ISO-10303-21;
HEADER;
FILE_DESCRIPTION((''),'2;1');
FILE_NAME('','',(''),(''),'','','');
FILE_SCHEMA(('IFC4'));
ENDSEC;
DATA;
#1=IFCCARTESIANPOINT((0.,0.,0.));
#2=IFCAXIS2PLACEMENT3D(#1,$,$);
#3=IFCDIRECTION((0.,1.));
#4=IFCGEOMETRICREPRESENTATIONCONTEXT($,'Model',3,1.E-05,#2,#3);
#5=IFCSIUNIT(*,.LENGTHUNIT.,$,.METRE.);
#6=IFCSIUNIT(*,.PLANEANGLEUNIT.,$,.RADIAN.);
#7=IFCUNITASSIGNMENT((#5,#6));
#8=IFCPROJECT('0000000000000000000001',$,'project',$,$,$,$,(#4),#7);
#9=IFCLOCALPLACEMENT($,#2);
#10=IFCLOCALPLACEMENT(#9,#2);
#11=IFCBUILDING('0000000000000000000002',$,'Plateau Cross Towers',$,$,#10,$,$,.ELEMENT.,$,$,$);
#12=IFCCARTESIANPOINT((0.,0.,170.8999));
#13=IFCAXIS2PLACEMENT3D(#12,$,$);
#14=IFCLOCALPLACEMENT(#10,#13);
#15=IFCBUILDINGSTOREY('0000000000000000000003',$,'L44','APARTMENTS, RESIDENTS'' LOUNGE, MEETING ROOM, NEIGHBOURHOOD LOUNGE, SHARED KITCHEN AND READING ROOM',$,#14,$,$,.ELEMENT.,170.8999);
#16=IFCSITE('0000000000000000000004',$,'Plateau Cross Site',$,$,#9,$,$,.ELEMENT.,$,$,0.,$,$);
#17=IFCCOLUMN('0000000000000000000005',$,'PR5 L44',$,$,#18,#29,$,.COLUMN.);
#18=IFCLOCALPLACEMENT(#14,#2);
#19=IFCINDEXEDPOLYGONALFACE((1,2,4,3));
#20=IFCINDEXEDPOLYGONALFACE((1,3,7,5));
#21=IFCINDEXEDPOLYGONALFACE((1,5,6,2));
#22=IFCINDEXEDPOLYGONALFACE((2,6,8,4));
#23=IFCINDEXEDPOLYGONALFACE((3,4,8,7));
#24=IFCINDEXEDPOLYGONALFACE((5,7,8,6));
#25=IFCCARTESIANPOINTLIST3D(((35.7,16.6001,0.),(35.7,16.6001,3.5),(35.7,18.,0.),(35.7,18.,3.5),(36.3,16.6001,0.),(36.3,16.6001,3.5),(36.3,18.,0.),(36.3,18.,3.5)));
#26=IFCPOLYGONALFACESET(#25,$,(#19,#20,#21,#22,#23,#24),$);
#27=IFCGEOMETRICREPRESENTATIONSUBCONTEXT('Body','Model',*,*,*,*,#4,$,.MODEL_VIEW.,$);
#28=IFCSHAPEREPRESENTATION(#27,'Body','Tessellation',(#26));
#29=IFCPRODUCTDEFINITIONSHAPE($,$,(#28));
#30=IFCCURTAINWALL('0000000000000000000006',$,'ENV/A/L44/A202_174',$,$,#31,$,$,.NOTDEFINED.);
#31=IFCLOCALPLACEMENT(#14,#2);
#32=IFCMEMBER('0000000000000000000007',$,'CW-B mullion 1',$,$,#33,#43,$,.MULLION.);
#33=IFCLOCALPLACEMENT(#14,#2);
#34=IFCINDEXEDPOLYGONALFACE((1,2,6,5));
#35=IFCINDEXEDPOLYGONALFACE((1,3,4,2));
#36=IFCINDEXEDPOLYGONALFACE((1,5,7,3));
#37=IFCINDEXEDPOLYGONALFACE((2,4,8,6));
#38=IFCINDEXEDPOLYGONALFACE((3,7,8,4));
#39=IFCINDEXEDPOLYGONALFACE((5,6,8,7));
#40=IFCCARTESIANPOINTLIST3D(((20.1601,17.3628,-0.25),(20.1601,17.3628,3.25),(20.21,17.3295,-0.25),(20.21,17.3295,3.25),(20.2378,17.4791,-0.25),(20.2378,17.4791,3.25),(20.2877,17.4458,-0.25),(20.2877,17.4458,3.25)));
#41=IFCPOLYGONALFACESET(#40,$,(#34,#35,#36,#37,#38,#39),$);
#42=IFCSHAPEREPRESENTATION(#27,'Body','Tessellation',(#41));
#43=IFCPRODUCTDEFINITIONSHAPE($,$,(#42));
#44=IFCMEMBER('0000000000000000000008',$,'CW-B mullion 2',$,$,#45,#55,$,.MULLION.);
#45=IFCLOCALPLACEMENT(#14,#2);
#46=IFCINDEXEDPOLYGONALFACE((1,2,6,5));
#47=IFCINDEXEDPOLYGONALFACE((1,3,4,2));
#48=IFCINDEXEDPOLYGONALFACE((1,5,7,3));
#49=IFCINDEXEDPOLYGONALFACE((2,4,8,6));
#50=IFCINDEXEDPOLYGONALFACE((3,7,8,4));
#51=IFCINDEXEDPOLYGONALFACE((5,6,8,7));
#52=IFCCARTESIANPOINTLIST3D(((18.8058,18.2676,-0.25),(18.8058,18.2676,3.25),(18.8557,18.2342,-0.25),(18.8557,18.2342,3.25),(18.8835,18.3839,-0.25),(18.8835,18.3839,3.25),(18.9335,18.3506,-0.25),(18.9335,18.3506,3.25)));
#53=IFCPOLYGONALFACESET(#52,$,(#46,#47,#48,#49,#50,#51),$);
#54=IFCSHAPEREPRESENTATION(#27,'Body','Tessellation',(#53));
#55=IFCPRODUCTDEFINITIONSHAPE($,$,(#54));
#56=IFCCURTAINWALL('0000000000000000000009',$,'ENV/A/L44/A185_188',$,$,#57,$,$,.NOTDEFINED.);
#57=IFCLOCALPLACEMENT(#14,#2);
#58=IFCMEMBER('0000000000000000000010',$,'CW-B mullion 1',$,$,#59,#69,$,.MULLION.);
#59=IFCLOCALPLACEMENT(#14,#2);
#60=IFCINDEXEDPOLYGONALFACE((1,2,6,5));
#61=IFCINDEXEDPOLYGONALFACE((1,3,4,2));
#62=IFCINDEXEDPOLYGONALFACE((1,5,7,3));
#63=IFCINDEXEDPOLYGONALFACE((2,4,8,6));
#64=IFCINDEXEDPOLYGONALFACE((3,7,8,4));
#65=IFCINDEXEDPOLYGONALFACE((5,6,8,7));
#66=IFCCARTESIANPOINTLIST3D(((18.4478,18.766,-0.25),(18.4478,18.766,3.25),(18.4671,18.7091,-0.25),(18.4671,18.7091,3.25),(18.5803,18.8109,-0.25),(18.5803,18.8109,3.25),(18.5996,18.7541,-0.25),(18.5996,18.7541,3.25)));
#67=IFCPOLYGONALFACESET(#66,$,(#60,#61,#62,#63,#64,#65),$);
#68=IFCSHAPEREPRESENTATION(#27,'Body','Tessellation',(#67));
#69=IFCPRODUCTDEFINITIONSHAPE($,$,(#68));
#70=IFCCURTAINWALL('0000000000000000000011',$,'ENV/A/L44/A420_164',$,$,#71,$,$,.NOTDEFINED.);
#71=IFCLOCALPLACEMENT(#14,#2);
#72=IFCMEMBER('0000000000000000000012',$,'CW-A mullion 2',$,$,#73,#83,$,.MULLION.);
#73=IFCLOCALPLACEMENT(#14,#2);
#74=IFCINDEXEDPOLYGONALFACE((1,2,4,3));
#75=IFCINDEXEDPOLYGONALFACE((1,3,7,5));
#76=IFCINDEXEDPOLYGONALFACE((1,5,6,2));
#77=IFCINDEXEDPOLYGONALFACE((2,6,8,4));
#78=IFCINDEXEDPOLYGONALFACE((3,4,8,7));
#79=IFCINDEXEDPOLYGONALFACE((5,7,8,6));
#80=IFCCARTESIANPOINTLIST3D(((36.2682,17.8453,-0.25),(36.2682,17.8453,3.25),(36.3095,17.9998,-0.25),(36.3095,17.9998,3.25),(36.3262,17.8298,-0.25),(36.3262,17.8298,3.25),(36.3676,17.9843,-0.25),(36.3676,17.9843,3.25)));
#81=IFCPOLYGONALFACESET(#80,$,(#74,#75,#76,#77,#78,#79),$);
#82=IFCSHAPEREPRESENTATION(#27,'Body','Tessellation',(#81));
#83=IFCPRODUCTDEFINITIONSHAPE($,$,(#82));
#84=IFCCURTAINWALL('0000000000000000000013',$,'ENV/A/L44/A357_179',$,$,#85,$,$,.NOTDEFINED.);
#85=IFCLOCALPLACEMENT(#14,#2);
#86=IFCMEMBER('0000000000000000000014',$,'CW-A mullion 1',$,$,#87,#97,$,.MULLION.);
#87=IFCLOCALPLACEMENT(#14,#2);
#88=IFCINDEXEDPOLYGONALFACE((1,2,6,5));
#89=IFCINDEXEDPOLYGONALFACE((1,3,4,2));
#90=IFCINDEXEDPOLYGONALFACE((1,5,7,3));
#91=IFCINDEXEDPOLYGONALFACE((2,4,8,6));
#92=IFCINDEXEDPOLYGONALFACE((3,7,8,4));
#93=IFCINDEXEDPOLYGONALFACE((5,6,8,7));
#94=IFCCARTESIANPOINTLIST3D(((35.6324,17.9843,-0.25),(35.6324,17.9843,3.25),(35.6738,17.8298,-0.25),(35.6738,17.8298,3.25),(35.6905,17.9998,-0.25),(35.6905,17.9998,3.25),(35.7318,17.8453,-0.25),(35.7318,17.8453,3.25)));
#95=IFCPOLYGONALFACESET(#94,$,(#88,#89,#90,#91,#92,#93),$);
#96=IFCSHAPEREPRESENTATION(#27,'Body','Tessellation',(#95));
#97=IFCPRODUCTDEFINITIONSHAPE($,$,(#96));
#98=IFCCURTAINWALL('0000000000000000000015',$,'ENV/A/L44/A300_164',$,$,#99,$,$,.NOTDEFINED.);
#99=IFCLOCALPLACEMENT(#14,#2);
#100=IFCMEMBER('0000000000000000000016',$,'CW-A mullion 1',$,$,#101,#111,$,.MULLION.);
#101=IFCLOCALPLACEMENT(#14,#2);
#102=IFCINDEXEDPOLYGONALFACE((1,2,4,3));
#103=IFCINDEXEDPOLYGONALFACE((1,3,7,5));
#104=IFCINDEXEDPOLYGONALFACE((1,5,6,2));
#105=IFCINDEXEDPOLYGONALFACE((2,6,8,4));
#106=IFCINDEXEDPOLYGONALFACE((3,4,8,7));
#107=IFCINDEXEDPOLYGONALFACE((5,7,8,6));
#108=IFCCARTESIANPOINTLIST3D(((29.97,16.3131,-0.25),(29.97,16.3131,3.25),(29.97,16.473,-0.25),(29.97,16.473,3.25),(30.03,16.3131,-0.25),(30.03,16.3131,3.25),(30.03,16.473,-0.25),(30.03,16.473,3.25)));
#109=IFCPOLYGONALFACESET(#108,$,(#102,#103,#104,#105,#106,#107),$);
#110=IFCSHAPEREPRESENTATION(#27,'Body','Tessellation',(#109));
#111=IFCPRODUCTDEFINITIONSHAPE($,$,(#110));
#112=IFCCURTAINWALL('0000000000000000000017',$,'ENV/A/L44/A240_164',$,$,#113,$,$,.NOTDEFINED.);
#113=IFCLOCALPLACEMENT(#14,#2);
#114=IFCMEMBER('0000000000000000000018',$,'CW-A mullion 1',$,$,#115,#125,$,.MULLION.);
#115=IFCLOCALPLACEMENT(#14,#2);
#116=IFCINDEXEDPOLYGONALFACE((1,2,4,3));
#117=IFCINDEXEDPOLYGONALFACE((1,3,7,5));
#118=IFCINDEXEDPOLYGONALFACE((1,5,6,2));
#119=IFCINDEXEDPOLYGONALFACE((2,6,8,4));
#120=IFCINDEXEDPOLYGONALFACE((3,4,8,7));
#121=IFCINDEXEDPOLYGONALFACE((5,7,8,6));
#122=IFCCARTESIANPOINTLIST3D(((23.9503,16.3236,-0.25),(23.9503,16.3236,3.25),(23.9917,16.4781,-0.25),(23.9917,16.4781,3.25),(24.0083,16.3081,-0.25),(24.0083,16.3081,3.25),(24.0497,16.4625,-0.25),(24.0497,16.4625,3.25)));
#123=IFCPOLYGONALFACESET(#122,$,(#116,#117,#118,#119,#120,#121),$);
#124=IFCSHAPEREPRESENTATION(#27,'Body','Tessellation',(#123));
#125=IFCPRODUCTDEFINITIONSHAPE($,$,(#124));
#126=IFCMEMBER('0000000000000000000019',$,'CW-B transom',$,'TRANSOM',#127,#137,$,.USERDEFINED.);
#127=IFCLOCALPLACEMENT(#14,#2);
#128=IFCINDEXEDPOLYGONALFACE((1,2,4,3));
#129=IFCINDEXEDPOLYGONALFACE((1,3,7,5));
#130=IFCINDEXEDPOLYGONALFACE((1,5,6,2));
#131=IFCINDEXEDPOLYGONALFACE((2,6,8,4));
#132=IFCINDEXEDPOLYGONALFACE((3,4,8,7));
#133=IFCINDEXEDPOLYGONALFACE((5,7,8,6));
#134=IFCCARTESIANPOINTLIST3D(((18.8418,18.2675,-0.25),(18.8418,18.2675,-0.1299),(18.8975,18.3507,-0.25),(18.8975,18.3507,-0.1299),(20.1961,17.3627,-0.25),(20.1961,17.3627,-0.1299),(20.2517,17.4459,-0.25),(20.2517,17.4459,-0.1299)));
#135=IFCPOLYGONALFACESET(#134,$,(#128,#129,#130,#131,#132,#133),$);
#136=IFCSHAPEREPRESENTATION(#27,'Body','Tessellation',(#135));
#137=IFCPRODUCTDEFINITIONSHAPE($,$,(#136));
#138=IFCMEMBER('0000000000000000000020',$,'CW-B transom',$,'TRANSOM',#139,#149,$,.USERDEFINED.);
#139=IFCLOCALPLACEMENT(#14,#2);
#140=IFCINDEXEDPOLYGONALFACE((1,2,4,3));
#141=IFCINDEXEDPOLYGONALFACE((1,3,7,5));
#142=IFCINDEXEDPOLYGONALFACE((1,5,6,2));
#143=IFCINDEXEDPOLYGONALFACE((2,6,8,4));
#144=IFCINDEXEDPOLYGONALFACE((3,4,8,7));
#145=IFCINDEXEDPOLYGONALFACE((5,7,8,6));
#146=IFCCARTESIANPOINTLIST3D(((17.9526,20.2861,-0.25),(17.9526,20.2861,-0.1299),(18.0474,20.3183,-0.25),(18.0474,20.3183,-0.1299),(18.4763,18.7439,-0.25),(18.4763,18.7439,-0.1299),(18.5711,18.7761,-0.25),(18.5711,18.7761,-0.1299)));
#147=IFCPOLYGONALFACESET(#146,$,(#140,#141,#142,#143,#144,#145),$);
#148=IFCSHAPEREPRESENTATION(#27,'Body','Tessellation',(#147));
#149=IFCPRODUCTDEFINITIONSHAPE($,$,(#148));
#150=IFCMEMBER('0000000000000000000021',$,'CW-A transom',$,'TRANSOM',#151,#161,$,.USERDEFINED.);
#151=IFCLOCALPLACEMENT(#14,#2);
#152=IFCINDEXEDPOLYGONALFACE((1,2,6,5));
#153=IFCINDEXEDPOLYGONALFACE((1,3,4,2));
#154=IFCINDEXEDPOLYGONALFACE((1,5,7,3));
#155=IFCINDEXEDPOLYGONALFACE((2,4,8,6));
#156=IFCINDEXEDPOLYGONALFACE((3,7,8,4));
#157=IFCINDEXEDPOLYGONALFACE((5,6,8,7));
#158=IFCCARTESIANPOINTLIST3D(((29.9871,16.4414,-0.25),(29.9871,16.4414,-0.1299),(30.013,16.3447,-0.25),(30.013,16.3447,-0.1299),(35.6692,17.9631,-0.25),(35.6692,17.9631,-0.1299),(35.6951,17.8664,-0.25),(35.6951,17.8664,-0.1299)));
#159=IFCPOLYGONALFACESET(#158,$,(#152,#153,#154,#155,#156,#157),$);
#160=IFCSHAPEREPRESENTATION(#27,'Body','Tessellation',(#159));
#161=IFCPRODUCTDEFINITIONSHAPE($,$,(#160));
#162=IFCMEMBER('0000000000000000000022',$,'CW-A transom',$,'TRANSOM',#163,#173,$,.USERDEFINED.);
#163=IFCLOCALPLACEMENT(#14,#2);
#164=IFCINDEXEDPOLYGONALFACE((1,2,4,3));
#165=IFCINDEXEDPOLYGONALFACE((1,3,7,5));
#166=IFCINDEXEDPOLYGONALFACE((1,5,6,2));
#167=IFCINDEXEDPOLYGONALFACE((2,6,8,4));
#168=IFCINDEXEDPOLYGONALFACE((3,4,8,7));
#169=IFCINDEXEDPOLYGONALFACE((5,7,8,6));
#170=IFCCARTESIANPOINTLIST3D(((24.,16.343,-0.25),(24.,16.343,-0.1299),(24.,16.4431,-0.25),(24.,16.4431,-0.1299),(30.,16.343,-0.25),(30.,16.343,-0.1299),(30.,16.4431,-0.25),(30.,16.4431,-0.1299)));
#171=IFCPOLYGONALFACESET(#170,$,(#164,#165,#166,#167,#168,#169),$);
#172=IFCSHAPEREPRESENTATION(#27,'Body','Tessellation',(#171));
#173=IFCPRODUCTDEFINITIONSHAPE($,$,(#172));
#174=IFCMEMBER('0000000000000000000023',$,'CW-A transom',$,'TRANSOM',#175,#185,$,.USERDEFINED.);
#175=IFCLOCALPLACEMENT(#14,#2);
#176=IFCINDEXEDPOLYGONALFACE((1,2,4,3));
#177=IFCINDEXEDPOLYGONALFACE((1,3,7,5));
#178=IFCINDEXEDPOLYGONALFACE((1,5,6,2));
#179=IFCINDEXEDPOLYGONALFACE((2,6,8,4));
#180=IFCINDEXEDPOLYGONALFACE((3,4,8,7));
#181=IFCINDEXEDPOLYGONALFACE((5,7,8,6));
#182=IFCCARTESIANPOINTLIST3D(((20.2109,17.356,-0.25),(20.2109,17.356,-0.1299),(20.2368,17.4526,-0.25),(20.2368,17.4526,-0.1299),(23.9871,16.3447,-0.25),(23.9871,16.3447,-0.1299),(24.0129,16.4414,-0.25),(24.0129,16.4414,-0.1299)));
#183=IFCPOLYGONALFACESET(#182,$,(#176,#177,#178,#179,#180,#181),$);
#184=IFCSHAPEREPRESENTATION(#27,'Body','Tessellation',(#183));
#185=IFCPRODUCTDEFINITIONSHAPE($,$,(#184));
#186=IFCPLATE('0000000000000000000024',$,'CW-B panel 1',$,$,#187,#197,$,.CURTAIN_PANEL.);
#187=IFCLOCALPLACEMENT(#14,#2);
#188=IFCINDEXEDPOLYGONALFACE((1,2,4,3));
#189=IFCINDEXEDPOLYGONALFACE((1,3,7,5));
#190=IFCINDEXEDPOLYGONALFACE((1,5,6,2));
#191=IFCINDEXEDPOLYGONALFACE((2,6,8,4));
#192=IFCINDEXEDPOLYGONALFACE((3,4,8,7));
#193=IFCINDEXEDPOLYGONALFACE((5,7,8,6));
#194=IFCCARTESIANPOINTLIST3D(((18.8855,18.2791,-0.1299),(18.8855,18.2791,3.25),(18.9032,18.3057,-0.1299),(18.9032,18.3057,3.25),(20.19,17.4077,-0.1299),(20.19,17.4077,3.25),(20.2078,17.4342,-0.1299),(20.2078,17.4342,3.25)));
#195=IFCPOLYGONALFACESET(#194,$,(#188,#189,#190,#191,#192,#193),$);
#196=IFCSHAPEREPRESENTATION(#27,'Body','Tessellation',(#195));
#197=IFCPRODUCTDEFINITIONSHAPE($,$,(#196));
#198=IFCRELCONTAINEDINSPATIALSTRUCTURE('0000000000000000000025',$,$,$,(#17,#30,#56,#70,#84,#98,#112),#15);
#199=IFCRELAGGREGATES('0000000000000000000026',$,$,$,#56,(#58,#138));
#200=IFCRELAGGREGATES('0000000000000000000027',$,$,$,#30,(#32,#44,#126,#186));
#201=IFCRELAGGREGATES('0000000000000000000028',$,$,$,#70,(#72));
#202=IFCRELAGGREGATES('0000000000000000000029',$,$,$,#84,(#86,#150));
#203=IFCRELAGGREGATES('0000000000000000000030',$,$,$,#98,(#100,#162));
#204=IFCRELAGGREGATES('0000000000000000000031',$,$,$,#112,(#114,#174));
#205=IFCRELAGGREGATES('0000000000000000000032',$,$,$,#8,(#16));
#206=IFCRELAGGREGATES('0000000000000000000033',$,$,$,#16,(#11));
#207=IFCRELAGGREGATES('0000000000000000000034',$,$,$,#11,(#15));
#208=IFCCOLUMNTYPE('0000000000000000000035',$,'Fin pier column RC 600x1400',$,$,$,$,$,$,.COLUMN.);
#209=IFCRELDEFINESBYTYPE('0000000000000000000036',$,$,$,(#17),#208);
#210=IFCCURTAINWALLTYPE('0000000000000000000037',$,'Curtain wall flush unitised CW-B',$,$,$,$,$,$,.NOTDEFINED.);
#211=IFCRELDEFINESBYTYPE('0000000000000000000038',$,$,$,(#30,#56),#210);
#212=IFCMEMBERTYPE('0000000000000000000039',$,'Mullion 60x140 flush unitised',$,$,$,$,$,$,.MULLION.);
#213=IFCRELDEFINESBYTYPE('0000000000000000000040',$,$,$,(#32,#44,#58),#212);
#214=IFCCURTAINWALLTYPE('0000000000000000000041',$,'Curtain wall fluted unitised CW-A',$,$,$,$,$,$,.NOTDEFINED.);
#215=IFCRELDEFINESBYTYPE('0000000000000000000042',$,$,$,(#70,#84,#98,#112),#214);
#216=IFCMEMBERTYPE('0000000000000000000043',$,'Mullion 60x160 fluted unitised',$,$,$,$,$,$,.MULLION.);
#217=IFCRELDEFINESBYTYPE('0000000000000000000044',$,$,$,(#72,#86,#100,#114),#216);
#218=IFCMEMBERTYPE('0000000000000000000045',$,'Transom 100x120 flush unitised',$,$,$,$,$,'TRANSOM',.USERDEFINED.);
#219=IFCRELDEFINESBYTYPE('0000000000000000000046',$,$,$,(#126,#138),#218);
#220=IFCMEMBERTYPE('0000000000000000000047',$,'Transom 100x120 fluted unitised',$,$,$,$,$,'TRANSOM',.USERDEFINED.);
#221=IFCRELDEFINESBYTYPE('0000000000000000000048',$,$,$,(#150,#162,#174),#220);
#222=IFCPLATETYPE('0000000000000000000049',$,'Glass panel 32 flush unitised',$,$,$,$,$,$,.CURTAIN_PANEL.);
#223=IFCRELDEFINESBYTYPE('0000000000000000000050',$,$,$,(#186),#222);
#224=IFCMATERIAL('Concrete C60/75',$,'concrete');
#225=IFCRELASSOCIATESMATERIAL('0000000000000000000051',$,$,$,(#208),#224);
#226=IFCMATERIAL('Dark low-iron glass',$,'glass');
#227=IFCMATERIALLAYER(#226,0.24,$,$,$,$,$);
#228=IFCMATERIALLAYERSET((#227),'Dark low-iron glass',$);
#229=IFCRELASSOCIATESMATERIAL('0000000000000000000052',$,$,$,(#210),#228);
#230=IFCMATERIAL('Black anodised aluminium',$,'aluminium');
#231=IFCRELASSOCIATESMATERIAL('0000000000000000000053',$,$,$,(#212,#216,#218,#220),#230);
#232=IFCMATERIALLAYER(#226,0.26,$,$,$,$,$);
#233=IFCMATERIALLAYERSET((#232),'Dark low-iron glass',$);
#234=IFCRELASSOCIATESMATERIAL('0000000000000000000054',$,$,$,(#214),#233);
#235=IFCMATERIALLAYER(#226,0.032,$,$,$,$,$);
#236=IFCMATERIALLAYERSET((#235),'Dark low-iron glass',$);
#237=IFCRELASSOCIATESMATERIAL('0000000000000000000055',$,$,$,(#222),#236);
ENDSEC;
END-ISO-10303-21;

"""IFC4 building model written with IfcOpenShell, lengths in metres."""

from ifc_helpers import new_model, si_unit, direction, frame, origin, origin_2d, place, context, subcontext, project, spatial, rectangle, extrude, material, layer, layer_set, material_profile, profile_set, type_object, element, aggregate, save


model = new_model("IFC4")

# Units and contexts
model_context = context("Model", 3, precision=1e-05, world=origin(), true_north=direction((0.0, 1.0)))
body_context = subcontext(model_context, "Body", "Model", "MODEL_VIEW")
ifc_project = project(units=[si_unit("LENGTHUNIT", "METRE"), si_unit("PLANEANGLEUNIT", "RADIAN")], contexts=[model_context])

# Site, building, storey
site_placement = place(None, origin())
site = spatial("IfcSite", under=ifc_project, at=site_placement, Name="Plateau Cross Site", CompositionType="ELEMENT", RefElevation=0.0)
building_placement = place(site_placement, origin())
building = spatial("IfcBuilding", under=site, at=building_placement, Name="Plateau Cross Towers", CompositionType="ELEMENT")
storey_placement = place(building_placement, frame((0.0, 0.0, 170.8999)))
storey = spatial("IfcBuildingStorey", under=building, at=storey_placement, Name="L44", Description="APARTMENTS, RESIDENTS' LOUNGE, MEETING ROOM, NEIGHBOURHOOD LOUNGE, SHARED KITCHEN AND READING ROOM", CompositionType="ELEMENT", Elevation=170.8999)

# Column
ifc_material_1 = material(Name="Concrete C60/75", Category="concrete")
ifc_material_profile_1 = material_profile(ifc_material_1, rectangle(XDim=0.6001, YDim=1.3999, at=origin_2d()), Name="RC 600x1400")
ifc_profile_set_1 = profile_set([ifc_material_profile_1], Name="Concrete C60/75")
column_type = type_object("IfcColumnType", Name="Fin pier column RC 600x1400", PredefinedType="COLUMN", material=ifc_profile_set_1)
column_placement = place(storey_placement, frame((36.0, 17.3, 0.0), z_axis=(0.0, 0.0, 1.0), x_axis=(1.0, 0.0, 0.0)))
element("IfcColumn", 1, at=column_placement, inside=storey, type_object=column_type, Name="PR5 L44", PredefinedType="COLUMN", context=body_context, shape_type="SweptSolid", body=[
    extrude(rectangle(XDim=0.6001, YDim=1.3999, at=origin_2d()), origin(), (0.0, 0.0, 1.0), 3.5),
])

# Curtain wall, members
ifc_material_2 = material(Name="Dark low-iron glass", Category="glass")
ifc_layer_1 = layer(ifc_material_2, 0.24)
ifc_layer_set_1 = layer_set([ifc_layer_1], Name="Dark low-iron glass")
curtain_wall_type_1 = type_object("IfcCurtainWallType", Name="Curtain wall flush unitised CW-B", PredefinedType="NOTDEFINED", material=ifc_layer_set_1)
curtain_wall_1_placement = place(storey_placement, origin())
curtain_wall_1 = element("IfcCurtainWall", 2, at=curtain_wall_1_placement, inside=storey, type_object=curtain_wall_type_1, Name="ENV/A/L44/A202_174", PredefinedType="NOTDEFINED")
ifc_material_3 = material(Name="Black anodised aluminium", Category="aluminium")
ifc_material_profile_2 = material_profile(ifc_material_3, rectangle(XDim=0.0601, YDim=0.1399, at=origin_2d()), Name="MULLION 60x140")
ifc_profile_set_2 = profile_set([ifc_material_profile_2], Name="Black anodised aluminium")
member_type_1 = type_object("IfcMemberType", Name="Mullion 60x140 flush unitised", PredefinedType="MULLION", material=ifc_profile_set_2)
member_1_placement = place(storey_placement, frame((20.2239, 17.4043, -0.25), z_axis=(0.0, 0.0, 1.0), x_axis=(-0.831521, 0.555493, 0.0)))
member_1 = element("IfcMember", 3, at=member_1_placement, type_object=member_type_1, Name="CW-B mullion 1", PredefinedType="MULLION", context=body_context, shape_type="SweptSolid", body=[
    extrude(rectangle(XDim=0.0601, YDim=0.1399, at=origin_2d()), origin(), (0.0, 0.0, 1.0), 3.5),
])
member_2_placement = place(storey_placement, frame((18.8696, 18.3091, -0.25), z_axis=(0.0, 0.0, 1.0), x_axis=(-0.831521, 0.555493, 0.0)))
member_2 = element("IfcMember", 4, at=member_2_placement, type_object=member_type_1, Name="CW-B mullion 2", PredefinedType="MULLION", context=body_context, shape_type="SweptSolid", body=[
    extrude(rectangle(XDim=0.0601, YDim=0.1399, at=origin_2d()), origin(), (0.0, 0.0, 1.0), 3.5),
])

# Curtain walls, members
curtain_wall_2_placement = place(storey_placement, origin())
curtain_wall_2 = element("IfcCurtainWall", 5, at=curtain_wall_2_placement, inside=storey, type_object=curtain_wall_type_1, Name="ENV/A/L44/A185_188", PredefinedType="NOTDEFINED")
member_3_placement = place(storey_placement, frame((18.5237, 18.76, -0.25), z_axis=(0.0, 0.0, 1.0), x_axis=(-0.321469, 0.94692, 0.0)))
member_3 = element("IfcMember", 6, at=member_3_placement, type_object=member_type_1, Name="CW-B mullion 1", PredefinedType="MULLION", context=body_context, shape_type="SweptSolid", body=[
    extrude(rectangle(XDim=0.0601, YDim=0.1399, at=origin_2d()), origin(), (0.0, 0.0, 1.0), 3.5),
])
ifc_layer_2 = layer(ifc_material_2, 0.26)
ifc_layer_set_2 = layer_set([ifc_layer_2], Name="Dark low-iron glass")
curtain_wall_type_2 = type_object("IfcCurtainWallType", Name="Curtain wall fluted unitised CW-A", PredefinedType="NOTDEFINED", material=ifc_layer_set_2)
curtain_wall_3_placement = place(storey_placement, origin())
curtain_wall_3 = element("IfcCurtainWall", 7, at=curtain_wall_3_placement, inside=storey, type_object=curtain_wall_type_2, Name="ENV/A/L44/A420_164", PredefinedType="NOTDEFINED")
ifc_material_profile_3 = material_profile(ifc_material_3, rectangle(XDim=0.0601, YDim=0.1599, at=origin_2d()), Name="MULLION 60x160")
ifc_profile_set_3 = profile_set([ifc_material_profile_3], Name="Black anodised aluminium")
member_type_2 = type_object("IfcMemberType", Name="Mullion 60x160 fluted unitised", PredefinedType="MULLION", material=ifc_profile_set_3)
member_4_placement = place(storey_placement, frame((36.3179, 17.9148, -0.25), z_axis=(0.0, 0.0, 1.0), x_axis=(-0.965958, 0.258699, 0.0)))
member_4 = element("IfcMember", 8, at=member_4_placement, type_object=member_type_2, Name="CW-A mullion 2", PredefinedType="MULLION", context=body_context, shape_type="SweptSolid", body=[
    extrude(rectangle(XDim=0.0601, YDim=0.1599, at=origin_2d()), origin(), (0.0, 0.0, 1.0), 3.5),
])
curtain_wall_4_placement = place(storey_placement, origin())
curtain_wall_4 = element("IfcCurtainWall", 9, at=curtain_wall_4_placement, inside=storey, type_object=curtain_wall_type_2, Name="ENV/A/L44/A357_179", PredefinedType="NOTDEFINED")
member_5_placement = place(storey_placement, frame((35.6821, 17.9148, -0.25), z_axis=(0.0, 0.0, 1.0), x_axis=(-0.965958, -0.258699, 0.0)))
member_5 = element("IfcMember", 10, at=member_5_placement, type_object=member_type_2, Name="CW-A mullion 1", PredefinedType="MULLION", context=body_context, shape_type="SweptSolid", body=[
    extrude(rectangle(XDim=0.0601, YDim=0.1599, at=origin_2d()), origin(), (0.0, 0.0, 1.0), 3.5),
])
curtain_wall_5_placement = place(storey_placement, origin())
curtain_wall_5 = element("IfcCurtainWall", 11, at=curtain_wall_5_placement, inside=storey, type_object=curtain_wall_type_2, Name="ENV/A/L44/A300_164", PredefinedType="NOTDEFINED")
member_6_placement = place(storey_placement, frame((30.0, 16.3931, -0.25), z_axis=(0.0, 0.0, 1.0), x_axis=(-1.0, 0.0, 0.0)))
member_6 = element("IfcMember", 12, at=member_6_placement, type_object=member_type_2, Name="CW-A mullion 1", PredefinedType="MULLION", context=body_context, shape_type="SweptSolid", body=[
    extrude(rectangle(XDim=0.0601, YDim=0.1599, at=origin_2d()), origin(), (0.0, 0.0, 1.0), 3.5),
])
curtain_wall_6_placement = place(storey_placement, origin())
curtain_wall_6 = element("IfcCurtainWall", 13, at=curtain_wall_6_placement, inside=storey, type_object=curtain_wall_type_2, Name="ENV/A/L44/A240_164", PredefinedType="NOTDEFINED")
member_7_placement = place(storey_placement, frame((24.0, 16.3931, -0.25), z_axis=(0.0, 0.0, 1.0), x_axis=(-0.965958, 0.258699, 0.0)))
member_7 = element("IfcMember", 14, at=member_7_placement, type_object=member_type_2, Name="CW-A mullion 1", PredefinedType="MULLION", context=body_context, shape_type="SweptSolid", body=[
    extrude(rectangle(XDim=0.0601, YDim=0.1599, at=origin_2d()), origin(), (0.0, 0.0, 1.0), 3.5),
])

# Members
ifc_material_profile_4 = material_profile(ifc_material_3, rectangle(XDim=0.1001, YDim=0.1201, at=origin_2d()), Name="TRANSOM 100x120")
ifc_profile_set_4 = profile_set([ifc_material_profile_4], Name="Black anodised aluminium")
member_type_3 = type_object("IfcMemberType", Name="Transom 100x120 flush unitised", ElementType="TRANSOM", PredefinedType="USERDEFINED", material=ifc_profile_set_4)
member_8_placement = place(storey_placement, frame((20.2239, 17.4043, -0.1899), z_axis=(-0.831496, 0.55553, 0.0), x_axis=(-0.55553, -0.831496, 0.0)))
member_8 = element("IfcMember", 15, at=member_8_placement, type_object=member_type_3, Name="CW-B transom", ObjectType="TRANSOM", PredefinedType="USERDEFINED", context=body_context, shape_type="SweptSolid", body=[
    extrude(rectangle(XDim=0.1001, YDim=0.1201, at=origin_2d()), origin(), (0.0, 0.0, 1.0), 1.6287),
])
member_9_placement = place(storey_placement, frame((18.5237, 18.76, -0.1899), z_axis=(-0.321529, 0.9469, 0.0), x_axis=(-0.9469, -0.321529, 0.0)))
member_9 = element("IfcMember", 16, at=member_9_placement, type_object=member_type_3, Name="CW-B transom", ObjectType="TRANSOM", PredefinedType="USERDEFINED", context=body_context, shape_type="SweptSolid", body=[
    extrude(rectangle(XDim=0.1001, YDim=0.1201, at=origin_2d()), origin(), (0.0, 0.0, 1.0), 1.6287),
])
aggregate(curtain_wall_2, [member_3, member_9])
ifc_material_profile_5 = material_profile(ifc_material_3, rectangle(XDim=0.1001, YDim=0.1201, at=origin_2d()), Name="TRANSOM 100x120")
ifc_profile_set_5 = profile_set([ifc_material_profile_5], Name="Black anodised aluminium")
member_type_4 = type_object("IfcMemberType", Name="Transom 100x120 fluted unitised", ElementType="TRANSOM", PredefinedType="USERDEFINED", material=ifc_profile_set_5)
member_10_placement = place(storey_placement, frame((35.6821, 17.9148, -0.1899), z_axis=(-0.96596, -0.258693, 0.0), x_axis=(0.258693, -0.96596, 0.0)))
member_10 = element("IfcMember", 17, at=member_10_placement, type_object=member_type_4, Name="CW-A transom", ObjectType="TRANSOM", PredefinedType="USERDEFINED", context=body_context, shape_type="SweptSolid", body=[
    extrude(rectangle(XDim=0.1001, YDim=0.1201, at=origin_2d()), origin(), (0.0, 0.0, 1.0), 5.8823),
])
member_11_placement = place(storey_placement, frame((30.0, 16.3931, -0.1899), z_axis=(-1.0, 0.0, 0.0), x_axis=(0.0, -1.0, 0.0)))
member_11 = element("IfcMember", 18, at=member_11_placement, type_object=member_type_4, Name="CW-A transom", ObjectType="TRANSOM", PredefinedType="USERDEFINED", context=body_context, shape_type="SweptSolid", body=[
    extrude(rectangle(XDim=0.1001, YDim=0.1201, at=origin_2d()), origin(), (0.0, 0.0, 1.0), 6.0),
])
member_12_placement = place(storey_placement, frame((24.0, 16.3931, -0.1899), z_axis=(-0.965963, 0.258681, 0.0), x_axis=(-0.258681, -0.965963, 0.0)))
member_12 = element("IfcMember", 19, at=member_12_placement, type_object=member_type_4, Name="CW-A transom", ObjectType="TRANSOM", PredefinedType="USERDEFINED", context=body_context, shape_type="SweptSolid", body=[
    extrude(rectangle(XDim=0.1001, YDim=0.1201, at=origin_2d()), origin(), (0.0, 0.0, 1.0), 3.9092),
])

# Plate
ifc_layer_3 = layer(ifc_material_2, 0.032)
ifc_layer_set_3 = layer_set([ifc_layer_3], Name="Dark low-iron glass")
plate_type_1 = type_object("IfcPlateType", Name="Glass panel 32 flush unitised", PredefinedType="CURTAIN_PANEL", material=ifc_layer_set_3)
plate_1_placement = place(storey_placement, frame((19.5466, 17.8567, -0.1299), z_axis=(0.0, 0.0, 1.0), x_axis=(-0.831521, 0.555493, 0.0)))
plate_1 = element("IfcPlate", 20, at=plate_1_placement, type_object=plate_type_1, Name="CW-B panel 1", PredefinedType="CURTAIN_PANEL", context=body_context, shape_type="SweptSolid", body=[
    extrude(rectangle(XDim=1.5688, YDim=0.032, at=origin_2d()), origin(), (0.0, 0.0, 1.0), 3.3799),
])
aggregate(curtain_wall_1, [member_1, member_2, member_8, plate_1])
aggregate(curtain_wall_3, [member_4])
aggregate(curtain_wall_4, [member_5, member_10])
aggregate(curtain_wall_5, [member_6, member_11])
aggregate(curtain_wall_6, [member_7, member_12])

save(model, "model.ifc")
